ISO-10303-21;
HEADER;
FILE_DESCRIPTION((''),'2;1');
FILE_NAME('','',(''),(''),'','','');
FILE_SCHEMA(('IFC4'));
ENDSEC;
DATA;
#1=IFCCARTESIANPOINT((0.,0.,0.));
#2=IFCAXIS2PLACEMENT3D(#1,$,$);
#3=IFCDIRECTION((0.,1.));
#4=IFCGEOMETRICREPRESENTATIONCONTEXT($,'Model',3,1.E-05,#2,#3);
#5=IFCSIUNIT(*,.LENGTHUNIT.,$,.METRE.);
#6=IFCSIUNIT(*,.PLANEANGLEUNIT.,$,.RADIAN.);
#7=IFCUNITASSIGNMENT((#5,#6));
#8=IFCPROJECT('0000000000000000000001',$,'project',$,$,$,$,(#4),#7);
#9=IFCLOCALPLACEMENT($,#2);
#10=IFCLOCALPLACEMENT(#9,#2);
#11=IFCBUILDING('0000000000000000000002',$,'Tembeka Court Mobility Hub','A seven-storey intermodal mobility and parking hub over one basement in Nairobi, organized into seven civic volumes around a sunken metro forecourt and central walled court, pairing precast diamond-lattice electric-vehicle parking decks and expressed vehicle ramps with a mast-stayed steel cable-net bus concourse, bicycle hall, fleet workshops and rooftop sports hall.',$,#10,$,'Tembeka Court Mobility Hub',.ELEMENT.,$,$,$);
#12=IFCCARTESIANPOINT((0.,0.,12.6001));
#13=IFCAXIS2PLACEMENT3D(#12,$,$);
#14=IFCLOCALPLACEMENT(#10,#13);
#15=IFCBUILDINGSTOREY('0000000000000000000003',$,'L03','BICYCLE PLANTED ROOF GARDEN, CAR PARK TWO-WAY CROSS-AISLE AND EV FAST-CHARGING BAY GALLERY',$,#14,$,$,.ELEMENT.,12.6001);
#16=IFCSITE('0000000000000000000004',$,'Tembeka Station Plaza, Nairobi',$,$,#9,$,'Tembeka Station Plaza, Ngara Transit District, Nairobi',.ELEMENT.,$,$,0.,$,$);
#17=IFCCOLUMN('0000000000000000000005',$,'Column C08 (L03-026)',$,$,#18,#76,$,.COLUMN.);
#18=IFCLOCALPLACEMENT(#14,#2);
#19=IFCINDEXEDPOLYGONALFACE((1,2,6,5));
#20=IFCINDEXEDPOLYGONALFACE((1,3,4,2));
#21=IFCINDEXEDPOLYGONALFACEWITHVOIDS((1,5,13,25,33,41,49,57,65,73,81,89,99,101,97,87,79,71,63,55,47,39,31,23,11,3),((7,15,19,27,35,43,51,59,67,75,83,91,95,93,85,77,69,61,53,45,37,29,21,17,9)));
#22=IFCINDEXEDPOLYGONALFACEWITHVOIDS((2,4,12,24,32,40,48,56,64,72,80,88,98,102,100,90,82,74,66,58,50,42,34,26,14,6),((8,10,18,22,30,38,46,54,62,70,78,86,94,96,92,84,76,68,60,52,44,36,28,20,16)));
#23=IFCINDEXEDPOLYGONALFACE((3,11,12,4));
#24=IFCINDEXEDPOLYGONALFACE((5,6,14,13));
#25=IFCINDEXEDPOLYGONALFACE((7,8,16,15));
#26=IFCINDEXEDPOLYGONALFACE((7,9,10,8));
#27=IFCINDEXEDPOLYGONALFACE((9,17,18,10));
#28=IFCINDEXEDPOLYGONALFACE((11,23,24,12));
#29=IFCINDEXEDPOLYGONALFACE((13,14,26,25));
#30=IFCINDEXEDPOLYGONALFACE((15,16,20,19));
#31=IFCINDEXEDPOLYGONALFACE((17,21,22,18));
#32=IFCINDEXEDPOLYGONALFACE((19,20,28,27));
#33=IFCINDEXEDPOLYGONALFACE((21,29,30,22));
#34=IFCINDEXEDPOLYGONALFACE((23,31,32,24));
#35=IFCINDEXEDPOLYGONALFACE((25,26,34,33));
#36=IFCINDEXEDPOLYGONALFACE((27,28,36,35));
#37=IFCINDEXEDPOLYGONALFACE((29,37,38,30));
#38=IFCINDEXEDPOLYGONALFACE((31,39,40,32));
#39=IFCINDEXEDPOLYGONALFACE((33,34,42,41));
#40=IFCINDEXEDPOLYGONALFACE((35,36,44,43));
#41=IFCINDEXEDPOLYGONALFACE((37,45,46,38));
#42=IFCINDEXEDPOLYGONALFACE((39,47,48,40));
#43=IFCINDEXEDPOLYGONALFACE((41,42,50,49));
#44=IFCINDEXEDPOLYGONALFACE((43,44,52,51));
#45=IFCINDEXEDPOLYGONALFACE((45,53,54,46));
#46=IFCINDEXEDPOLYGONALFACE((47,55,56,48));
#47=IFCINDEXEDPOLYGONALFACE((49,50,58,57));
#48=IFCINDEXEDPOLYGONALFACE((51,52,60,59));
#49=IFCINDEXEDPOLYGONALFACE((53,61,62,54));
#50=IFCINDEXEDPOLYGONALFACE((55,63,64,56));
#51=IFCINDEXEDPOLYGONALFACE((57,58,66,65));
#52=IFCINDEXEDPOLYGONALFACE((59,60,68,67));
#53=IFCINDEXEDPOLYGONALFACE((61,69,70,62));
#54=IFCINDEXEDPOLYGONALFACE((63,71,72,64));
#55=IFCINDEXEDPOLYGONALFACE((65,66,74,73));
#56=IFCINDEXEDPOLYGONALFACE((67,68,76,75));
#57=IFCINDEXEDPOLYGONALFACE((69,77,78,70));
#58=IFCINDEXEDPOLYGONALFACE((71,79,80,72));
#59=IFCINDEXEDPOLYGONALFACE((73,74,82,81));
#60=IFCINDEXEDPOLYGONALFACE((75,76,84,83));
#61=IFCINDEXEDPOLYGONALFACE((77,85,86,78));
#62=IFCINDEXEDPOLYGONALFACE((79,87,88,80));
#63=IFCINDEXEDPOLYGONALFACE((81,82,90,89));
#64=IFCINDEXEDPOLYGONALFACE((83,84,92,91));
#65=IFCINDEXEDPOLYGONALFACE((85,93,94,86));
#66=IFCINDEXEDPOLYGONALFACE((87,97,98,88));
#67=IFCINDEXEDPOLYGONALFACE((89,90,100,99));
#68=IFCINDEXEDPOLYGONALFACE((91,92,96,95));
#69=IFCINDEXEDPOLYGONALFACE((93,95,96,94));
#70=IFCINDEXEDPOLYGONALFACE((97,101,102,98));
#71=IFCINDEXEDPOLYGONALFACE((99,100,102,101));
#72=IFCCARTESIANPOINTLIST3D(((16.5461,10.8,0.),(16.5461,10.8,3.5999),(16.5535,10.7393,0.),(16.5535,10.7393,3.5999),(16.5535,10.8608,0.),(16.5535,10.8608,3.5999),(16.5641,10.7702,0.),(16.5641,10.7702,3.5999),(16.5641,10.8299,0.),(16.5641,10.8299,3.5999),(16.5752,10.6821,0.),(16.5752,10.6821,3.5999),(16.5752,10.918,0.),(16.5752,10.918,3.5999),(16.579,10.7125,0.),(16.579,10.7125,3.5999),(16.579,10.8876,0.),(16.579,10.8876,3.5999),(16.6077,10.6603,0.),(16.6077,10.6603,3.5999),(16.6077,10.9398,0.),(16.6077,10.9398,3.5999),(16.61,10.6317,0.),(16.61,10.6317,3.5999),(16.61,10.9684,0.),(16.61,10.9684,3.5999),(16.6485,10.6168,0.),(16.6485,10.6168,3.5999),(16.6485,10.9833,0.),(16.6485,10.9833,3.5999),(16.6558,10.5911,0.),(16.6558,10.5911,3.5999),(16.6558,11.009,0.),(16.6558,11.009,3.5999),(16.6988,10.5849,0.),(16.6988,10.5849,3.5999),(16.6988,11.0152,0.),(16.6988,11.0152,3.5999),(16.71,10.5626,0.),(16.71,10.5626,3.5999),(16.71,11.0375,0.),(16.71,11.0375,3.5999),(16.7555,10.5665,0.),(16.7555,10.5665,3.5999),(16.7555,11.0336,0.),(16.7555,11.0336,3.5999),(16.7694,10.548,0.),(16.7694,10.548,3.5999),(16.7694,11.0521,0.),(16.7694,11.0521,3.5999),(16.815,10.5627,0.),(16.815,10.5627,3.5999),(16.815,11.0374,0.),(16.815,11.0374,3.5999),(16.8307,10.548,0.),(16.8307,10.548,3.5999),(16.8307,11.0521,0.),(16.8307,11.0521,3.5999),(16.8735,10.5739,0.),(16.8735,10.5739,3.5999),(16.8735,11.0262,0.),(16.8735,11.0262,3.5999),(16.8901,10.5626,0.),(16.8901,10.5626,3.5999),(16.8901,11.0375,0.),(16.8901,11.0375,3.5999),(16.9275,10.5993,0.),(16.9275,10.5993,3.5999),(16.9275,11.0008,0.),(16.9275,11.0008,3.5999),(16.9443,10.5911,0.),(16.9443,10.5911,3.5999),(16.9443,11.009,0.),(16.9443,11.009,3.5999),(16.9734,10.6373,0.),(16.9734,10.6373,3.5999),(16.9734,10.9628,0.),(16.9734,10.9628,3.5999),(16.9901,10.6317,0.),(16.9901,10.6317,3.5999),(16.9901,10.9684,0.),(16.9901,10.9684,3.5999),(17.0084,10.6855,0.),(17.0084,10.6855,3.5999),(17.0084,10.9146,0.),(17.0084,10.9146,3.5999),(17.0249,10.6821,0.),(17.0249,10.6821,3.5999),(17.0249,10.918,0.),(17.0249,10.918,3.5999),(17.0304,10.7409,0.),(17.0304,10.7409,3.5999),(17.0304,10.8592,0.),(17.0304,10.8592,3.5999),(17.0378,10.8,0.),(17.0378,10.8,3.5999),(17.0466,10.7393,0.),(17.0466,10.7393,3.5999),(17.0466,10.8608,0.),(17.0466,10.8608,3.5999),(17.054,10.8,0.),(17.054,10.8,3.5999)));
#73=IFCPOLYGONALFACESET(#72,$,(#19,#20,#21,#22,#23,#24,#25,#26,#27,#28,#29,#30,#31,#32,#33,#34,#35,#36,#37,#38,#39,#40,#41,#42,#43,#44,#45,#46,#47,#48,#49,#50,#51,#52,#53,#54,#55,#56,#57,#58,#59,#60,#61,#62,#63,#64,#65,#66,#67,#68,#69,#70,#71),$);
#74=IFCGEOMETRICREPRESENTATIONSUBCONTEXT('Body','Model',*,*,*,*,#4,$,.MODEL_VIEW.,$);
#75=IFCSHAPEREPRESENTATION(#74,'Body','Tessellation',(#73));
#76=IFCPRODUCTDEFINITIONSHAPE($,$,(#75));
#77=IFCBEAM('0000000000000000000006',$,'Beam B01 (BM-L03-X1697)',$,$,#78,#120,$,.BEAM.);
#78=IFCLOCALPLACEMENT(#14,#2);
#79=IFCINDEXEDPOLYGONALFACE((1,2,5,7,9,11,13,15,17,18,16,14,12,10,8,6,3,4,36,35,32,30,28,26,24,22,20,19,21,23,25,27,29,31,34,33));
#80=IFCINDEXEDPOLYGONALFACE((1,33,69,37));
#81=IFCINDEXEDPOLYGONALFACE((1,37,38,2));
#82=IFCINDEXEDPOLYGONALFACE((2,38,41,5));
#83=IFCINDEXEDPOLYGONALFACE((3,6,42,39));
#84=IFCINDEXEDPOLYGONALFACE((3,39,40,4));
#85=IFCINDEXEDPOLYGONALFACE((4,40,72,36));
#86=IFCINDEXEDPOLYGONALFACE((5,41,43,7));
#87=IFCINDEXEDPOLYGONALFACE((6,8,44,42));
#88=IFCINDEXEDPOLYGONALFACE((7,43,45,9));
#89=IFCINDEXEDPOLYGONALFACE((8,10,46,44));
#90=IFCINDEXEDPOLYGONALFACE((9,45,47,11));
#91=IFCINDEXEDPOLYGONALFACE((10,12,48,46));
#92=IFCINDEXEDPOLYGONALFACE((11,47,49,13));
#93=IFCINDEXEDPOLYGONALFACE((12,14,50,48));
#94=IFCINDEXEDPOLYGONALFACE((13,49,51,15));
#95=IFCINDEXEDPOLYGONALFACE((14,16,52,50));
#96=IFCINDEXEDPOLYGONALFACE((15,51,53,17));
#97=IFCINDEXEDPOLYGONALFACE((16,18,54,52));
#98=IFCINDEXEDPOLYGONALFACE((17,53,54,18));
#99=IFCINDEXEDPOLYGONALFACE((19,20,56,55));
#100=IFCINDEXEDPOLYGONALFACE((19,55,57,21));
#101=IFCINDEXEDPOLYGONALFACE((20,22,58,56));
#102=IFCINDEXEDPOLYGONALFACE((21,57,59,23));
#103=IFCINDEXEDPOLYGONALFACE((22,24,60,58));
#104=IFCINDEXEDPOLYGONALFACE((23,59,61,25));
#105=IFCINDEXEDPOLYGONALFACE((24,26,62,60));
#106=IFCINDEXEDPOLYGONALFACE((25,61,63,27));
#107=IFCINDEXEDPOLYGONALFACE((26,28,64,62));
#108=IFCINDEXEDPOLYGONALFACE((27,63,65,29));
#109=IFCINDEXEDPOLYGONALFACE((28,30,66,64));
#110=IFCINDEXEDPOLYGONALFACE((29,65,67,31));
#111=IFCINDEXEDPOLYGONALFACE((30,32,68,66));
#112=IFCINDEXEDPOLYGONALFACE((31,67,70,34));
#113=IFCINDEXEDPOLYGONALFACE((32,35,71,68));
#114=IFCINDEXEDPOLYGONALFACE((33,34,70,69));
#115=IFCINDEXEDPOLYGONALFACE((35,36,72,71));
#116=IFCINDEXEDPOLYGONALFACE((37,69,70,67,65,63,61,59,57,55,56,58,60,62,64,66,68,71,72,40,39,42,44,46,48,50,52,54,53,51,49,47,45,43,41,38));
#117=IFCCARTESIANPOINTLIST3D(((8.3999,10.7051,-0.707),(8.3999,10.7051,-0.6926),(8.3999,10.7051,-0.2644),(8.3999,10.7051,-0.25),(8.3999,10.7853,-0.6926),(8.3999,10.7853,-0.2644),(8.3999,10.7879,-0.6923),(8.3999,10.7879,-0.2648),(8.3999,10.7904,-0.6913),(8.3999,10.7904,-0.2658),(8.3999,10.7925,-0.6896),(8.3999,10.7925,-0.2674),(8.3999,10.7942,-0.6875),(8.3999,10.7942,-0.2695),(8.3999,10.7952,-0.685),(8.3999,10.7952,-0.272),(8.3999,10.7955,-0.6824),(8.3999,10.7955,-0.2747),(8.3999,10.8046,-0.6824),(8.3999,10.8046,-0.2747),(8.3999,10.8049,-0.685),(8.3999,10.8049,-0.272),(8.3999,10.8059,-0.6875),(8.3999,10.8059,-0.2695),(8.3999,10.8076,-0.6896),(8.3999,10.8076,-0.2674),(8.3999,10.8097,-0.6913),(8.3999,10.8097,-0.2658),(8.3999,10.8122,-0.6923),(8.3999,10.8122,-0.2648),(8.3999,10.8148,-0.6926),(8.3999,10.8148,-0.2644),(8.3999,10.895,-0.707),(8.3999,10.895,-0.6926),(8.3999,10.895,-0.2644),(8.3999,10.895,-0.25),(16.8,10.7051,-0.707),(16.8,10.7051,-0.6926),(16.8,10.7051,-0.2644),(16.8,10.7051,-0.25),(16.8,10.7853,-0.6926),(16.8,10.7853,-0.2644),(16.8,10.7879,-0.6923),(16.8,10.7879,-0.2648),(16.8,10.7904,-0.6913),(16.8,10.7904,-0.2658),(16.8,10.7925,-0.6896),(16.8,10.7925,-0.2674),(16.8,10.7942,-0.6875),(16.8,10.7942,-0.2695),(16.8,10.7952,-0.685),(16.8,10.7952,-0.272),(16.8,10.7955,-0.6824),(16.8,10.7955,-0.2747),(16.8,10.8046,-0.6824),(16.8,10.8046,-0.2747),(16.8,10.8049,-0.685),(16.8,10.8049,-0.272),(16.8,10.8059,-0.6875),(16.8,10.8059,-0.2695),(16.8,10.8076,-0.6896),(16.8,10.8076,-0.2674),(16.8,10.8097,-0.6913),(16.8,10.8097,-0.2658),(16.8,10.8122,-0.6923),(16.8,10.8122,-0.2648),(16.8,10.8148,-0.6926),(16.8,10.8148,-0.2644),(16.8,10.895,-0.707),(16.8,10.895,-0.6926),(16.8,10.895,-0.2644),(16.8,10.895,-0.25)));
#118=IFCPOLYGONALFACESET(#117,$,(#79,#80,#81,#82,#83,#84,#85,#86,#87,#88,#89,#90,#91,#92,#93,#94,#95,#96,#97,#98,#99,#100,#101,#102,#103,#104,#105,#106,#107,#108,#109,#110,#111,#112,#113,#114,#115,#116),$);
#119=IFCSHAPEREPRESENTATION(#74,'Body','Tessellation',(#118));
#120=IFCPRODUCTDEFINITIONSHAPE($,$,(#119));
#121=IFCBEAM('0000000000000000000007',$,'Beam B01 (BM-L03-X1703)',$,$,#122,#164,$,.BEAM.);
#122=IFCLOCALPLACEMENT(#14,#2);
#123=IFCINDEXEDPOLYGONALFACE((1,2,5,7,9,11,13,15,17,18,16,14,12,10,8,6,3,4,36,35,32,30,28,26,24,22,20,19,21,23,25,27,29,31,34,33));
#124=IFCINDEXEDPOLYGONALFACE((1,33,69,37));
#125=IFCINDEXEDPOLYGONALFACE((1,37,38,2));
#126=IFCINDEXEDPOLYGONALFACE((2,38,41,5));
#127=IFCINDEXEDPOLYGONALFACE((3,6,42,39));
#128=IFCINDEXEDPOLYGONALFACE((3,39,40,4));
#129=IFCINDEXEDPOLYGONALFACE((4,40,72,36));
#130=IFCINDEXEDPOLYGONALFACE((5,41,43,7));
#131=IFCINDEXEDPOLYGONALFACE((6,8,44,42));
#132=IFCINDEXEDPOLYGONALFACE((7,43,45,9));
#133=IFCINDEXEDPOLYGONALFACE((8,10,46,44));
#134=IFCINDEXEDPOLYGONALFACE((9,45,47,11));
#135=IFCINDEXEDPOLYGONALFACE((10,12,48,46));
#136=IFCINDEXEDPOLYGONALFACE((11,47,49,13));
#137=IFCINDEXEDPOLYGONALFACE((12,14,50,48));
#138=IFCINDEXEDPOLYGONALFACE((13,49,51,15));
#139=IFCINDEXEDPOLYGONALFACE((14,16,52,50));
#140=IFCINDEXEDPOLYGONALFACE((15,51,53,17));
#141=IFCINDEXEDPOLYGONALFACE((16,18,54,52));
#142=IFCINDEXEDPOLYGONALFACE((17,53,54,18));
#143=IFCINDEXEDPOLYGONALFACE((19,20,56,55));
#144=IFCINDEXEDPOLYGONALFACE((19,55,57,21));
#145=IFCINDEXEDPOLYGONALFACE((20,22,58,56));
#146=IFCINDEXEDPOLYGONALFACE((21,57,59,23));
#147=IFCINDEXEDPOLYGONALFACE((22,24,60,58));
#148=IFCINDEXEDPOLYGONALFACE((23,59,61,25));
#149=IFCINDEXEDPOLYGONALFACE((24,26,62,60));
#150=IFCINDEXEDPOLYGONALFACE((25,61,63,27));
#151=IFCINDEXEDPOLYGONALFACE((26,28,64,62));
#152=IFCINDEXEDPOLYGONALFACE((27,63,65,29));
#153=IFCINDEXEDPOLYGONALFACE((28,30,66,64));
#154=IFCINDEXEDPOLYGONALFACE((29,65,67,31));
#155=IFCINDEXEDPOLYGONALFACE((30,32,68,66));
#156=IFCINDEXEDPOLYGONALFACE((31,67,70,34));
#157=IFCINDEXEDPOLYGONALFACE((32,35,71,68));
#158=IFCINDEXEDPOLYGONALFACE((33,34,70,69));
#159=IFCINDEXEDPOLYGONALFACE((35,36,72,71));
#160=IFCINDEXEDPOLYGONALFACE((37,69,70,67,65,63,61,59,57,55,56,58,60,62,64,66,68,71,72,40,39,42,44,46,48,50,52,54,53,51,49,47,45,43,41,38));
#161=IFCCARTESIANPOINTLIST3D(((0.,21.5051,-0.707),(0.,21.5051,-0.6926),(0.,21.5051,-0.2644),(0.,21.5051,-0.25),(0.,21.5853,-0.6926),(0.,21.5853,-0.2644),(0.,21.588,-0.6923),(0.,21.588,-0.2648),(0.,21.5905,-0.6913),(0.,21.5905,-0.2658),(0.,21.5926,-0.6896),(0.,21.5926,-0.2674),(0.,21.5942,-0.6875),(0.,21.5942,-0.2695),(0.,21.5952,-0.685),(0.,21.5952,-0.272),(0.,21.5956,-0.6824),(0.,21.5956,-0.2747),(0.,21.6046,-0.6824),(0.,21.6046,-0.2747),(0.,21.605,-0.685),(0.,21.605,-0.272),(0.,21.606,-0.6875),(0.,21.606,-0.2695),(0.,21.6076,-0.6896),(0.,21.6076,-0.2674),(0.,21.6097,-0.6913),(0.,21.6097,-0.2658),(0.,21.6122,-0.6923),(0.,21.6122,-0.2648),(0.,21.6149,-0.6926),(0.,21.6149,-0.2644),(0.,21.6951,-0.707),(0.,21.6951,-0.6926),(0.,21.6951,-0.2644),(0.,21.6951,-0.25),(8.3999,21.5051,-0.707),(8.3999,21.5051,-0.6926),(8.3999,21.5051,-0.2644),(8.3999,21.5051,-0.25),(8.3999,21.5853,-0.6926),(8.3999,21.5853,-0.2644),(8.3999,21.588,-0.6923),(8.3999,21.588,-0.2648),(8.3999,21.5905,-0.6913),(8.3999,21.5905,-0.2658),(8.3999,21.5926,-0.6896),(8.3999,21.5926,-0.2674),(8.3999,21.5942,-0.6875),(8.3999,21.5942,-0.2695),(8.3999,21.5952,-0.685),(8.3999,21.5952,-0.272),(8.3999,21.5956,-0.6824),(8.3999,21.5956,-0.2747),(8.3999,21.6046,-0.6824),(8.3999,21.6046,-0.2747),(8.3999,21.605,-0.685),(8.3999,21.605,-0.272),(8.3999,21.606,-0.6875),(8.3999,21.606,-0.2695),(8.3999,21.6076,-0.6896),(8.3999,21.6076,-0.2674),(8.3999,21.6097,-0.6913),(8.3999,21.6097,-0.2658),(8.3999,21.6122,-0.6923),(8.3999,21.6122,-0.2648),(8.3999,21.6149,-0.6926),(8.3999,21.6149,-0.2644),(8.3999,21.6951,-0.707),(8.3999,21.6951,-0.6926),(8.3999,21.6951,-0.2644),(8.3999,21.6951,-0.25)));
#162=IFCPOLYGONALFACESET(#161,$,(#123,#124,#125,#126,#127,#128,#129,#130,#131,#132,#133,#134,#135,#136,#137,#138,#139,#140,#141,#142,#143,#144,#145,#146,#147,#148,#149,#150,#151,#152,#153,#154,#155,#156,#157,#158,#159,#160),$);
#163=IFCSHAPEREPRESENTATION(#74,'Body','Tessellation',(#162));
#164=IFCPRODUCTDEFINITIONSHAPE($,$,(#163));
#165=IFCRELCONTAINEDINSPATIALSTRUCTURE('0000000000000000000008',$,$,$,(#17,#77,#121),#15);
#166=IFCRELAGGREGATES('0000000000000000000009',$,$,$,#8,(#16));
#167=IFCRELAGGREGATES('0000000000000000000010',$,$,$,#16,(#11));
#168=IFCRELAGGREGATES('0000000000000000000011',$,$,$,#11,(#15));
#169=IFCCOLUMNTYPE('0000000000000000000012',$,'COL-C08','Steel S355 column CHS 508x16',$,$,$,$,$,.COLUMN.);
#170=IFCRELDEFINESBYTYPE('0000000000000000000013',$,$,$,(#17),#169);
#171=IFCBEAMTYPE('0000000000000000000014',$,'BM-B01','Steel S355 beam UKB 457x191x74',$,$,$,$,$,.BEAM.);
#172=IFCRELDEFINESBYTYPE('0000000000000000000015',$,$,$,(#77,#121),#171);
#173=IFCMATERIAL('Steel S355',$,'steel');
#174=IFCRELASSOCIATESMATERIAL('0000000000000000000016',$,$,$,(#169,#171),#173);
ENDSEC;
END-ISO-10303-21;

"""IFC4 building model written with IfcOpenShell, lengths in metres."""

from ifc_helpers import new_model, si_unit, direction, frame, origin, origin_2d, place, context, subcontext, project, spatial, hollow_circle, i_section, extrude, material, material_profile, profile_set, type_object, element, save


model = new_model("IFC4")

# Units and contexts
model_context = context("Model", 3, precision=1e-05, world=origin(), true_north=direction((0.0, 1.0)))
body_context = subcontext(model_context, "Body", "Model", "MODEL_VIEW")
ifc_project = project(units=[si_unit("LENGTHUNIT", "METRE"), si_unit("PLANEANGLEUNIT", "RADIAN")], contexts=[model_context])

# Site, building, storey
site_placement = place(None, origin())
site = spatial("IfcSite", under=ifc_project, at=site_placement, Name="Tembeka Station Plaza, Nairobi", LongName="Tembeka Station Plaza, Ngara Transit District, Nairobi", CompositionType="ELEMENT", RefElevation=0.0)
building_placement = place(site_placement, origin())
building = spatial("IfcBuilding", under=site, at=building_placement, Name="Tembeka Court Mobility Hub", Description="A seven-storey intermodal mobility and parking hub over one basement in Nairobi, organized into seven civic volumes around a sunken metro forecourt and central walled court, pairing precast diamond-lattice electric-vehicle parking decks and expressed vehicle ramps with a mast-stayed steel cable-net bus concourse, bicycle hall, fleet workshops and rooftop sports hall.", LongName="Tembeka Court Mobility Hub", CompositionType="ELEMENT")
storey_placement = place(building_placement, frame((0.0, 0.0, 12.6001)))
storey = spatial("IfcBuildingStorey", under=building, at=storey_placement, Name="L03", Description="BICYCLE PLANTED ROOF GARDEN, CAR PARK TWO-WAY CROSS-AISLE AND EV FAST-CHARGING BAY GALLERY", CompositionType="ELEMENT", Elevation=12.6001)

# Column
ifc_material_1 = material(Name="Steel S355", Category="steel")
ifc_material_profile_1 = material_profile(ifc_material_1, hollow_circle(Radius=0.2539, WallThickness=0.0161, at=origin_2d()), Name="CHS 508x16")
ifc_profile_set_1 = profile_set([ifc_material_profile_1], Name="Steel S355")
column_type_1 = type_object("IfcColumnType", Name="COL-C08", Description="Steel S355 column CHS 508x16", PredefinedType="COLUMN", material=ifc_profile_set_1)
for number, where, z_axis, x_axis, name in (
    (1, (16.8, 10.8, 0.0), (0.0, 0.0, 1.0), (1.0, 0.0, 0.0), "Column C08 (L03-026)"),
):
    element("IfcColumn", number, at=place(storey_placement, frame(where, z_axis=z_axis, x_axis=x_axis)), inside=storey, type_object=column_type_1, Name=name, PredefinedType="COLUMN", context=body_context, shape_type="SweptSolid", body=[
        extrude(hollow_circle(Radius=0.2539, WallThickness=0.0161, at=origin_2d()), origin(), (0.0, 0.0, 1.0), 3.5999),
    ])

# Beams
ifc_material_profile_2 = material_profile(ifc_material_1, i_section(OverallWidth=0.1899, OverallDepth=0.457, WebThickness=0.009, FlangeThickness=0.0144, FilletRadius=0.0103, at=origin_2d()), Name="UKB 457x191x74")
ifc_profile_set_2 = profile_set([ifc_material_profile_2], Name="Steel S355")
beam_type_1 = type_object("IfcBeamType", Name="BM-B01", Description="Steel S355 beam UKB 457x191x74", PredefinedType="BEAM", material=ifc_profile_set_2)
beam_1_placement = place(storey_placement, frame((8.3999, 10.8, -0.4785), z_axis=(1.0, 0.0, 0.0), x_axis=(0.0, 1.0, 0.0)))
element("IfcBeam", 2, at=beam_1_placement, inside=storey, type_object=beam_type_1, Name="Beam B01 (BM-L03-X1697)", PredefinedType="BEAM", context=body_context, shape_type="SweptSolid", body=[
    extrude(i_section(OverallWidth=0.1899, OverallDepth=0.457, WebThickness=0.009, FlangeThickness=0.0144, FilletRadius=0.0103, at=origin_2d()), origin(), (0.0, 0.0, 1.0), 8.4001),
])
beam_2_placement = place(storey_placement, frame((0.0, 21.6001, -0.4785), z_axis=(1.0, 0.0, 0.0), x_axis=(0.0, 1.0, 0.0)))
element("IfcBeam", 3, at=beam_2_placement, inside=storey, type_object=beam_type_1, Name="Beam B01 (BM-L03-X1703)", PredefinedType="BEAM", context=body_context, shape_type="SweptSolid", body=[
    extrude(i_section(OverallWidth=0.1899, OverallDepth=0.457, WebThickness=0.009, FlangeThickness=0.0144, FilletRadius=0.0103, at=origin_2d()), origin(), (0.0, 0.0, 1.0), 8.3999),
])

save(model, "model.ifc")
